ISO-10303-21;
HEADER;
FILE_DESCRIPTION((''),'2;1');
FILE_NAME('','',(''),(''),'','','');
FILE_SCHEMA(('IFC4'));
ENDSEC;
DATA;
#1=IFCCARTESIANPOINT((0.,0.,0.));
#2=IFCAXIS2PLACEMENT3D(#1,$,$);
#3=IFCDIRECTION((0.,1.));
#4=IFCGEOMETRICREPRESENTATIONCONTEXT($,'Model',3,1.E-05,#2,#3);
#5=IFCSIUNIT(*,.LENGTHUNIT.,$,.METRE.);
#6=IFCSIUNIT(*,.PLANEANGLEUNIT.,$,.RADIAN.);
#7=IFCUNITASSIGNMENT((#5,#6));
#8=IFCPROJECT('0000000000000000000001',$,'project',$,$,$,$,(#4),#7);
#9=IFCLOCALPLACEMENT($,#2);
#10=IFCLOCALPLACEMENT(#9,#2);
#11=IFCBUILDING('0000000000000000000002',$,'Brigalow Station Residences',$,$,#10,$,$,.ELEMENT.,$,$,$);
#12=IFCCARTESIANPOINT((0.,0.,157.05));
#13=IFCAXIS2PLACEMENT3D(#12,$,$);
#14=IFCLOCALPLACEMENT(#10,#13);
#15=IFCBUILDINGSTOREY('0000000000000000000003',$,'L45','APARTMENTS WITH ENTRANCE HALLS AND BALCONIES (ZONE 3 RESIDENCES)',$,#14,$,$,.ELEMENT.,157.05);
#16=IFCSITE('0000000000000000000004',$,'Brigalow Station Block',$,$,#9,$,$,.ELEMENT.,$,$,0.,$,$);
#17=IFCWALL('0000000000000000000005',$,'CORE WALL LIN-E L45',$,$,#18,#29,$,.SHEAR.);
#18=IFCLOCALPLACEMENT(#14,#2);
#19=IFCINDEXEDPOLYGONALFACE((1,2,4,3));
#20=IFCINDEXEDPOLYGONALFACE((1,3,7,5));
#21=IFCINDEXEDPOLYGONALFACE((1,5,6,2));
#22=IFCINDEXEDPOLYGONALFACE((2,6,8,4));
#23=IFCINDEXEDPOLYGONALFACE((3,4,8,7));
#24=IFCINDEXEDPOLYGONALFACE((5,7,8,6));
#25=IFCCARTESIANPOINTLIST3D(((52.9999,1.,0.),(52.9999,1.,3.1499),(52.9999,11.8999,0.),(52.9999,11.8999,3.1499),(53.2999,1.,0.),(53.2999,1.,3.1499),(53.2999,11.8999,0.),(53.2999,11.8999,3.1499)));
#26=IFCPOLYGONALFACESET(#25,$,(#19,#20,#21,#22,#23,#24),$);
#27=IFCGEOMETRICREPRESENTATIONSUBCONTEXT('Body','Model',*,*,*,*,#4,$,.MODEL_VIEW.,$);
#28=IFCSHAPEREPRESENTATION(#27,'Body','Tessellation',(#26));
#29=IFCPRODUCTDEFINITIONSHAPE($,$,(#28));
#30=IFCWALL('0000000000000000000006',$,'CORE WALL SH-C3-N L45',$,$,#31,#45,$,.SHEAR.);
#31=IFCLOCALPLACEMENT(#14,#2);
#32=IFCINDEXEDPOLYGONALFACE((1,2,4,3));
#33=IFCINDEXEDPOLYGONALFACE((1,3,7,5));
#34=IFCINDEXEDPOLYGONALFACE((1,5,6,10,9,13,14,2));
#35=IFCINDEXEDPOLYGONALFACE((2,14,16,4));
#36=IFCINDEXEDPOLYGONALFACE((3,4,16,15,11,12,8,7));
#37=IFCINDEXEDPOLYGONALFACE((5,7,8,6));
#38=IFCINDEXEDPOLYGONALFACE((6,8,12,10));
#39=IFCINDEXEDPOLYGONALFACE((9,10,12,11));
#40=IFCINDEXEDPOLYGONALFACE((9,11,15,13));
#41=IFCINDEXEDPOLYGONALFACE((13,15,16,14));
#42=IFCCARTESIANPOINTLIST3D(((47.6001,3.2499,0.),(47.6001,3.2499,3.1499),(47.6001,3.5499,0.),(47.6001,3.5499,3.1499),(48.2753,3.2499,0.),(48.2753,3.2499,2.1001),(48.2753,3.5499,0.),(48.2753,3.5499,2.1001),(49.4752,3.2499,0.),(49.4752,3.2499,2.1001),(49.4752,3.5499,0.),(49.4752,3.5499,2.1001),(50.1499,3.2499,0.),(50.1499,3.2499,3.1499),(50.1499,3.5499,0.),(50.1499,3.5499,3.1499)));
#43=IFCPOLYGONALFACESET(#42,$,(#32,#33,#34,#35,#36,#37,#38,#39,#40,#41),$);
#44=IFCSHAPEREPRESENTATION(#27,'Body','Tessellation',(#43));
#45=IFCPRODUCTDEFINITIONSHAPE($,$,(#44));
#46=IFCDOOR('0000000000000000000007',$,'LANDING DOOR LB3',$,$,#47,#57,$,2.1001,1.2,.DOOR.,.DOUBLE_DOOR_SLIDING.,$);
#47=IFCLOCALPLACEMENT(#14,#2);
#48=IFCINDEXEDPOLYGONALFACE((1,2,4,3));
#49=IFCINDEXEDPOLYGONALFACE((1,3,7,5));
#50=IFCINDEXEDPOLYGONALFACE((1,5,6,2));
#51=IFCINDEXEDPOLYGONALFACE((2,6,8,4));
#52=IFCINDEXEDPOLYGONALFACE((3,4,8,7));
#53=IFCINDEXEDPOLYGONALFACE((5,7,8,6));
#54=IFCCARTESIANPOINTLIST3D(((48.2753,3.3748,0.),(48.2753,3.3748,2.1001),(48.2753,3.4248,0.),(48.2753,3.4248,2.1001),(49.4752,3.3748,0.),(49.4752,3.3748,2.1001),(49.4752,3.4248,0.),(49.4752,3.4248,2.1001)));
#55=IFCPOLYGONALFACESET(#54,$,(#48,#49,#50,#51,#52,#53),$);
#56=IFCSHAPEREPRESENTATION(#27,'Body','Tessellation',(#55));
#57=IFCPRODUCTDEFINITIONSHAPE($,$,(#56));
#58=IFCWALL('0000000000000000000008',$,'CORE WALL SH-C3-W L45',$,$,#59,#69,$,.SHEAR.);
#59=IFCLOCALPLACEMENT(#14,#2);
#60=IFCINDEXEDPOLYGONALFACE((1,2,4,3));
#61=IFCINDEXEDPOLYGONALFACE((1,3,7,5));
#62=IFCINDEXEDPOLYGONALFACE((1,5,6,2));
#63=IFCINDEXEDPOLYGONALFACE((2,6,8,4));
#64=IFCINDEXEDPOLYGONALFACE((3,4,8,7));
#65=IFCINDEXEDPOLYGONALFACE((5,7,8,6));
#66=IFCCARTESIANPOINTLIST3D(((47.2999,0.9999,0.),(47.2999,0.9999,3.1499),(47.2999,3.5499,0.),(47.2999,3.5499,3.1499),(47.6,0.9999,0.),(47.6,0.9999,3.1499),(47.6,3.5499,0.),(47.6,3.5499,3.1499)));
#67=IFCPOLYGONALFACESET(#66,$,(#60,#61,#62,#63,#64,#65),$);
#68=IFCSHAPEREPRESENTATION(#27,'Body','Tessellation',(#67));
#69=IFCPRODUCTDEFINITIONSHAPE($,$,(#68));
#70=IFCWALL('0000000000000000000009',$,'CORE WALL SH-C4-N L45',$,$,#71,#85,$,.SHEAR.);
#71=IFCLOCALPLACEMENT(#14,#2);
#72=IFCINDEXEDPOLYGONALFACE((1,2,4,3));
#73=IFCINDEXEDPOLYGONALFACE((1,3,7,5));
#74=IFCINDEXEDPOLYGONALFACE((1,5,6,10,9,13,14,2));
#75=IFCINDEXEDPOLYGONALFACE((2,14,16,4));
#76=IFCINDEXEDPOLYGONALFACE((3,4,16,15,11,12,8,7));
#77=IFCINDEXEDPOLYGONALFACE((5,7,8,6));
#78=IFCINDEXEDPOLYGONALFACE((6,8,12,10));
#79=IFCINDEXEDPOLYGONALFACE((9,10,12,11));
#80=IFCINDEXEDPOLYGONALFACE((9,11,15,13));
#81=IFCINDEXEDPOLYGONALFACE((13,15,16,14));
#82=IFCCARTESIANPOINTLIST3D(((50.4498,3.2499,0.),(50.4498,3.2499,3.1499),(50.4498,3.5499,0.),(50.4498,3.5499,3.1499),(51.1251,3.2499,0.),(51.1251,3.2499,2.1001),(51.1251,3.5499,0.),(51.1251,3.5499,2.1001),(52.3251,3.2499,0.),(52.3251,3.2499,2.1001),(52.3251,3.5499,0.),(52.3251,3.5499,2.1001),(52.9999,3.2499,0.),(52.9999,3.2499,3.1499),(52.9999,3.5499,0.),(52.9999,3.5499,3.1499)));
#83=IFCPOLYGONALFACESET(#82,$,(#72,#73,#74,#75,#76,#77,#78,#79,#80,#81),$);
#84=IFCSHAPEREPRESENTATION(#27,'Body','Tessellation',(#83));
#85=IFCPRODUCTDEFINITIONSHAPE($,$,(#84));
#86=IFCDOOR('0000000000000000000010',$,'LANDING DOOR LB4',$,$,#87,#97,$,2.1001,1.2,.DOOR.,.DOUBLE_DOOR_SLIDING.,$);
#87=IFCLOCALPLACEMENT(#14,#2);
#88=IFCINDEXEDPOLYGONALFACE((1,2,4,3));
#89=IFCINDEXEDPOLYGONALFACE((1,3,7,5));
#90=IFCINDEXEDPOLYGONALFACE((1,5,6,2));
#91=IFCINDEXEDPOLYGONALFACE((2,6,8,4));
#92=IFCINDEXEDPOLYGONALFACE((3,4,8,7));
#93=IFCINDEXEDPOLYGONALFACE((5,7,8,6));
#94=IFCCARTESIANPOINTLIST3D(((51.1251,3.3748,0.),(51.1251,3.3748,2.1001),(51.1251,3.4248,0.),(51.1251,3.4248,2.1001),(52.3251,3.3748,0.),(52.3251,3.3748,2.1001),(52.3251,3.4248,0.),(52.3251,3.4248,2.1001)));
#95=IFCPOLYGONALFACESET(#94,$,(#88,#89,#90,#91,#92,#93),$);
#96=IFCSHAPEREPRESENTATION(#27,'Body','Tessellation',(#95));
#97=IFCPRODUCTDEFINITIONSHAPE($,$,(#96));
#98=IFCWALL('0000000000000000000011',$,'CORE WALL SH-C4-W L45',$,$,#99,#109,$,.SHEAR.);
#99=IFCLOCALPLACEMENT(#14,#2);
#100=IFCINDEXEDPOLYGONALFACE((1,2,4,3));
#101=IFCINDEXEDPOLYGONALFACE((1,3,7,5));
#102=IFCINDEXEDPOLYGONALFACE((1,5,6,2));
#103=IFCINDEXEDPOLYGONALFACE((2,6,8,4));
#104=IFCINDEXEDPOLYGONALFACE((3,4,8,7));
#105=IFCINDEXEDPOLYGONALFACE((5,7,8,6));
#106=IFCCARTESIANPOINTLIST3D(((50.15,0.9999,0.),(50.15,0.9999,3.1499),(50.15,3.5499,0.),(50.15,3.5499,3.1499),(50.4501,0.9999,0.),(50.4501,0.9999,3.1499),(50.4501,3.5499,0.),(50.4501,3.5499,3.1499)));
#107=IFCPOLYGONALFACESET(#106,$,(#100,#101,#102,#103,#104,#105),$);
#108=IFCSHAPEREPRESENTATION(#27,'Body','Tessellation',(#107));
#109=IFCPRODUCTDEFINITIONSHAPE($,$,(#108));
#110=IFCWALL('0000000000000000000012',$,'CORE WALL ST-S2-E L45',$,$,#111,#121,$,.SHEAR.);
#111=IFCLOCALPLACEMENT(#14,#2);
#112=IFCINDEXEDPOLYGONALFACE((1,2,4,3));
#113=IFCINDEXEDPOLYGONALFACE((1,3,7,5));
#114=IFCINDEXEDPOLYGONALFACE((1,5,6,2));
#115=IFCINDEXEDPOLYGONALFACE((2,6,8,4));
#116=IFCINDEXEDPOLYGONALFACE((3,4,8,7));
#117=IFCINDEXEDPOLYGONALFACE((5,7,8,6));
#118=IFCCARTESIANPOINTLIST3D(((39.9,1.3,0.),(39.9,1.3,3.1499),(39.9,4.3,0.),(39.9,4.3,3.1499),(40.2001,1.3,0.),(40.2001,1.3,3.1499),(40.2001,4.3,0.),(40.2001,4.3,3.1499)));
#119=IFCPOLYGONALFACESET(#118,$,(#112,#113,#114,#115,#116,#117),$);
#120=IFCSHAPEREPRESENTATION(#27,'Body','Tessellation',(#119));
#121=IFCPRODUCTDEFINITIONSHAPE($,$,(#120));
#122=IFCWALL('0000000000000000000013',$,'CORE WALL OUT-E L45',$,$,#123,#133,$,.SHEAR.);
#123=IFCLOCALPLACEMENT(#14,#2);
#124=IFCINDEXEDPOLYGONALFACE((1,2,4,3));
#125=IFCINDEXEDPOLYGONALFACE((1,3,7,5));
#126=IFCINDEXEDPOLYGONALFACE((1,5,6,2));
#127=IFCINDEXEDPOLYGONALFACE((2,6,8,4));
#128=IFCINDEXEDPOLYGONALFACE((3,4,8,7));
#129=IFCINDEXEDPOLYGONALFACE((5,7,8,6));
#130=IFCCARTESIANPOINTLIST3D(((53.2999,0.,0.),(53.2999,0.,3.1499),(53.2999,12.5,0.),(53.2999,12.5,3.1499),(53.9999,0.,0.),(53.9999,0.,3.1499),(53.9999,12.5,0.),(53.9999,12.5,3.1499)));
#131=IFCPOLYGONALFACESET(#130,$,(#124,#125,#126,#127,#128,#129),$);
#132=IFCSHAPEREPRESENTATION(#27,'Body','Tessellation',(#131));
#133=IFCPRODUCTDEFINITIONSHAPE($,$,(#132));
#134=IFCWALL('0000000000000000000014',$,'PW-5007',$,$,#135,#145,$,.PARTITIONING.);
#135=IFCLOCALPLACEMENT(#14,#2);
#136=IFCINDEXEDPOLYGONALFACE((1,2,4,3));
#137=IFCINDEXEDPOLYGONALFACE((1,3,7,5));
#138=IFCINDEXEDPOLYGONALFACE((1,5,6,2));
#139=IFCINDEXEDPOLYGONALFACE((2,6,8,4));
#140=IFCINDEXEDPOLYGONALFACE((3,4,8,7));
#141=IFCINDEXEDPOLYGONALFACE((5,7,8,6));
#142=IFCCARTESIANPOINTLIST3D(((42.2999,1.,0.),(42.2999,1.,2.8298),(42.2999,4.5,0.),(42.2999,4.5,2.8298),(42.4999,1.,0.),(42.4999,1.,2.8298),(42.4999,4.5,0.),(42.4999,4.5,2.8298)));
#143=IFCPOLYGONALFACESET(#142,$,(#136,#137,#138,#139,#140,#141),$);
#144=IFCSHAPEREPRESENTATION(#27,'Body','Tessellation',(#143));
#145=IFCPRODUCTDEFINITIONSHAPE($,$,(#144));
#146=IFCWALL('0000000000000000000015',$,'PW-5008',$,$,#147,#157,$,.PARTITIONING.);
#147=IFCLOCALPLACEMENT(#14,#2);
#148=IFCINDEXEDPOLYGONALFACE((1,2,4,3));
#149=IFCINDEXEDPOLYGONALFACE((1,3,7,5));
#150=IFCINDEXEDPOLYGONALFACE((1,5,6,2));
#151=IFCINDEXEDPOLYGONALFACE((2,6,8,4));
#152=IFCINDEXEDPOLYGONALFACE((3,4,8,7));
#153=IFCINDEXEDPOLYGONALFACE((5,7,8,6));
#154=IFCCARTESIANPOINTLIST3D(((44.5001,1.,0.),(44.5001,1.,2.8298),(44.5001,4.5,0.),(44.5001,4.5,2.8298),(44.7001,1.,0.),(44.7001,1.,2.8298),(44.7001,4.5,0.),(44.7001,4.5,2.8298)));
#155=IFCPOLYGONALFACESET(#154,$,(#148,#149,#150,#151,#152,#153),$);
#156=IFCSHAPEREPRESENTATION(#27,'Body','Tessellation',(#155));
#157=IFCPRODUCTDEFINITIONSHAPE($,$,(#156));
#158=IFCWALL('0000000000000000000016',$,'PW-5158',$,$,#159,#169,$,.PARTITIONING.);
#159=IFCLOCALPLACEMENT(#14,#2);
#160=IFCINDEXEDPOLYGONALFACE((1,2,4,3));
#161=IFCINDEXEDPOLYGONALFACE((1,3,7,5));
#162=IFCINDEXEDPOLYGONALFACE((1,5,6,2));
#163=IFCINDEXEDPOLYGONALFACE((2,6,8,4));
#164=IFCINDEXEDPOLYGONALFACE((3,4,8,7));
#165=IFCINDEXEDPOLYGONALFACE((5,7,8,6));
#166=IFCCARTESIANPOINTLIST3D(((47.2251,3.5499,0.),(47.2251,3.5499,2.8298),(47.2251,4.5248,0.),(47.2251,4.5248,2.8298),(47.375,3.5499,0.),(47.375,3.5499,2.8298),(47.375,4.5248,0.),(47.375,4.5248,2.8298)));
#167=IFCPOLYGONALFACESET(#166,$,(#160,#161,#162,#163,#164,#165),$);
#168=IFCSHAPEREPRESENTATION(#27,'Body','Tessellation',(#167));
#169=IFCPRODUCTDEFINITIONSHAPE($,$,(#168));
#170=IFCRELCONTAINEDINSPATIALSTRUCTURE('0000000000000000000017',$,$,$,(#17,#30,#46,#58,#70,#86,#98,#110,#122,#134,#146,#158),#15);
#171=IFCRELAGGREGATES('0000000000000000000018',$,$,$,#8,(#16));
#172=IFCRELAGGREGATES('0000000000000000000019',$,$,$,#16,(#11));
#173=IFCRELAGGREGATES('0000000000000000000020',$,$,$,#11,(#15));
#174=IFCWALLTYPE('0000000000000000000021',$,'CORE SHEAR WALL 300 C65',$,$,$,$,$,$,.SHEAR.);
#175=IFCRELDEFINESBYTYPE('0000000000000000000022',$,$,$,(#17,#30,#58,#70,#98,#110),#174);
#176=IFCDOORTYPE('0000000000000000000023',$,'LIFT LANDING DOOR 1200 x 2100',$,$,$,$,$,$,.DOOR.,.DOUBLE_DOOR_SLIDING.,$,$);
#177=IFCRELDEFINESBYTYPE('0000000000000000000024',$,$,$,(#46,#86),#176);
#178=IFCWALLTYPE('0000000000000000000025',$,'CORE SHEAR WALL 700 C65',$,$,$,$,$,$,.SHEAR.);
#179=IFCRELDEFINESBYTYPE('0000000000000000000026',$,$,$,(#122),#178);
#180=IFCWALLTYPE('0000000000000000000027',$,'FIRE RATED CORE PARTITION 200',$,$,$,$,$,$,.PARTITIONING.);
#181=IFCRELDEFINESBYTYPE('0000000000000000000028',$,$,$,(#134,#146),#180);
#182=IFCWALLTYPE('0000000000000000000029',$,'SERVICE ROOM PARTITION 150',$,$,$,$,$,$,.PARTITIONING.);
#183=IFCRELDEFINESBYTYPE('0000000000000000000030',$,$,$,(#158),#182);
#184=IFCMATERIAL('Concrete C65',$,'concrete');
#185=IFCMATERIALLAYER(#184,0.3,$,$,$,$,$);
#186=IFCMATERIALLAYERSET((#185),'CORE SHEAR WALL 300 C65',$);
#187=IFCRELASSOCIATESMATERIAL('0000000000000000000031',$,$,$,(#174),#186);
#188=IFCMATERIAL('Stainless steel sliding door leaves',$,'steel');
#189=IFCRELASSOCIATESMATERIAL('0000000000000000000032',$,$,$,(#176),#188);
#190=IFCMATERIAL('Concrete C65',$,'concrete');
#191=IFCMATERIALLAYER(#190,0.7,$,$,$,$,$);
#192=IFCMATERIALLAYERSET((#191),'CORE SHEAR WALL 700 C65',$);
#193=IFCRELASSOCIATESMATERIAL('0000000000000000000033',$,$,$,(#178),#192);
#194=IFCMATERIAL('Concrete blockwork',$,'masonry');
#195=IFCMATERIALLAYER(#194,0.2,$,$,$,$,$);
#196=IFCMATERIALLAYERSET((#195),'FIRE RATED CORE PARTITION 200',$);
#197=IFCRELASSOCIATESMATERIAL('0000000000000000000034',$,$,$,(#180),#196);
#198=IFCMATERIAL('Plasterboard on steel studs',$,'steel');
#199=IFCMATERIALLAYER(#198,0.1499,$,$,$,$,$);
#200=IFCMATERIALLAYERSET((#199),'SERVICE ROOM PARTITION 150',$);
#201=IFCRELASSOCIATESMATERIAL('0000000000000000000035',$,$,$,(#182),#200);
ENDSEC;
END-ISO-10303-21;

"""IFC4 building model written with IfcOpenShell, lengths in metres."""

from ifc_helpers import new_model, si_unit, direction, frame, frame_2d, origin, place, context, subcontext, project, spatial, rectangle, extrude, material, layer, layer_set, type_object, element, fill, save


model = new_model("IFC4")

# Units and contexts
model_context = context("Model", 3, precision=1e-05, world=origin(), true_north=direction((0.0, 1.0)))
body_context = subcontext(model_context, "Body", "Model", "MODEL_VIEW")
ifc_project = project(units=[si_unit("LENGTHUNIT", "METRE"), si_unit("PLANEANGLEUNIT", "RADIAN")], contexts=[model_context])

# Site, building, storey
site_placement = place(None, origin())
site = spatial("IfcSite", under=ifc_project, at=site_placement, Name="Brigalow Station Block", CompositionType="ELEMENT", RefElevation=0.0)
building_placement = place(site_placement, origin())
building = spatial("IfcBuilding", under=site, at=building_placement, Name="Brigalow Station Residences", CompositionType="ELEMENT")
storey_placement = place(building_placement, frame((0.0, 0.0, 157.05)))
storey = spatial("IfcBuildingStorey", under=building, at=storey_placement, Name="L45", Description="APARTMENTS WITH ENTRANCE HALLS AND BALCONIES (ZONE 3 RESIDENCES)", CompositionType="ELEMENT", Elevation=157.05)

# Wall
ifc_material_1 = material(Name="Concrete C65", Category="concrete")
ifc_layer_1 = layer(ifc_material_1, 0.3)
ifc_layer_set_1 = layer_set([ifc_layer_1], Name="CORE SHEAR WALL 300 C65")
wall_type_1 = type_object("IfcWallType", Name="CORE SHEAR WALL 300 C65", PredefinedType="SHEAR", material=ifc_layer_set_1)
wall_1_placement = place(storey_placement, frame((53.1499, 1.0, 0.0), z_axis=(0.0, 0.0, 1.0), x_axis=(0.0, 1.0, 0.0)))
element("IfcWall", 1, at=wall_1_placement, inside=storey, type_object=wall_type_1, Name="CORE WALL LIN-E L45", PredefinedType="SHEAR", context=body_context, shape_type="SweptSolid", body=[
    extrude(rectangle(XDim=10.8999, YDim=0.3, at=frame_2d((5.45, 0.0))), origin(), (0.0, 0.0, 1.0), 3.1499),
])

# Wall, opening, door
wall_2_placement = place(storey_placement, frame((47.6001, 3.3999, 0.0), z_axis=(0.0, 0.0, 1.0), x_axis=(1.0, 0.0, 0.0)))
wall_2 = element("IfcWall", 2, at=wall_2_placement, inside=storey, type_object=wall_type_1, Name="CORE WALL SH-C3-N L45", PredefinedType="SHEAR", context=body_context, shape_type="SweptSolid", body=[
    extrude(rectangle(XDim=2.5498, YDim=0.3, at=frame_2d((1.2749, 0.0))), origin(), (0.0, 0.0, 1.0), 3.1499),
])
opening_1_placement = place(wall_2_placement, frame((0.675, 0.0, 0.0)))
opening_1 = element("IfcOpeningElement", 3, at=opening_1_placement, cuts=wall_2, PredefinedType="OPENING", context=body_context, shape_type="SweptSolid", body=[
    extrude(rectangle(XDim=1.2, YDim=2.1001, at=frame_2d((0.6001, 1.05))), frame((0.0, 0.1602, 0.0), z_axis=(0.0, -1.0, 0.0), x_axis=(1.0, 0.0, 0.0)), (0.0, 0.0, 1.0), 0.3201),
])
ifc_material_2 = material(Name="Stainless steel sliding door leaves", Category="steel")
door_type = type_object("IfcDoorType", Name="LIFT LANDING DOOR 1200 x 2100", OperationType="DOUBLE_DOOR_SLIDING", PredefinedType="DOOR", material=ifc_material_2)
door_1_placement = place(opening_1_placement, origin())
door_1 = element("IfcDoor", 4, at=door_1_placement, inside=storey, type_object=door_type, Name="LANDING DOOR LB3", OperationType="DOUBLE_DOOR_SLIDING", OverallHeight=2.1001, OverallWidth=1.2, PredefinedType="DOOR", context=body_context, shape_type="SweptSolid", body=[
    extrude(rectangle(XDim=1.2, YDim=2.1001, at=frame_2d((0.6001, 1.05))), frame((0.0, 0.0249, 0.0), z_axis=(0.0, -1.0, 0.0), x_axis=(1.0, 0.0, 0.0)), (0.0, 0.0, 1.0), 0.05),
])
fill(opening_1, door_1)

# Wall
wall_3_placement = place(storey_placement, frame((47.45, 1.0, 0.0), z_axis=(0.0, 0.0, 1.0), x_axis=(0.0, 1.0, 0.0)))
element("IfcWall", 5, at=wall_3_placement, inside=storey, type_object=wall_type_1, Name="CORE WALL SH-C3-W L45", PredefinedType="SHEAR", context=body_context, shape_type="SweptSolid", body=[
    extrude(rectangle(XDim=2.55, YDim=0.3, at=frame_2d((1.2749, 0.0))), origin(), (0.0, 0.0, 1.0), 3.1499),
])

# Wall, opening, door
wall_4_placement = place(storey_placement, frame((50.45, 3.3999, 0.0), z_axis=(0.0, 0.0, 1.0), x_axis=(1.0, 0.0, 0.0)))
wall_4 = element("IfcWall", 6, at=wall_4_placement, inside=storey, type_object=wall_type_1, Name="CORE WALL SH-C4-N L45", PredefinedType="SHEAR", context=body_context, shape_type="SweptSolid", body=[
    extrude(rectangle(XDim=2.55, YDim=0.3, at=frame_2d((1.2749, 0.0))), origin(), (0.0, 0.0, 1.0), 3.1499),
])
opening_2_placement = place(wall_4_placement, frame((0.675, 0.0, 0.0)))
opening_2 = element("IfcOpeningElement", 7, at=opening_2_placement, cuts=wall_4, PredefinedType="OPENING", context=body_context, shape_type="SweptSolid", body=[
    extrude(rectangle(XDim=1.2, YDim=2.1001, at=frame_2d((0.6001, 1.05))), frame((0.0, 0.1602, 0.0), z_axis=(0.0, -1.0, 0.0), x_axis=(1.0, 0.0, 0.0)), (0.0, 0.0, 1.0), 0.3201),
])
door_2_placement = place(opening_2_placement, origin())
door_2 = element("IfcDoor", 8, at=door_2_placement, inside=storey, type_object=door_type, Name="LANDING DOOR LB4", OperationType="DOUBLE_DOOR_SLIDING", OverallHeight=2.1001, OverallWidth=1.2, PredefinedType="DOOR", context=body_context, shape_type="SweptSolid", body=[
    extrude(rectangle(XDim=1.2, YDim=2.1001, at=frame_2d((0.6001, 1.05))), frame((0.0, 0.0249, 0.0), z_axis=(0.0, -1.0, 0.0), x_axis=(1.0, 0.0, 0.0)), (0.0, 0.0, 1.0), 0.05),
])
fill(opening_2, door_2)

# Walls
wall_5_placement = place(storey_placement, frame((50.3, 1.0, 0.0), z_axis=(0.0, 0.0, 1.0), x_axis=(0.0, 1.0, 0.0)))
element("IfcWall", 9, at=wall_5_placement, inside=storey, type_object=wall_type_1, Name="CORE WALL SH-C4-W L45", PredefinedType="SHEAR", context=body_context, shape_type="SweptSolid", body=[
    extrude(rectangle(XDim=2.55, YDim=0.3, at=frame_2d((1.2749, 0.0))), origin(), (0.0, 0.0, 1.0), 3.1499),
])
wall_6_placement = place(storey_placement, frame((40.05, 1.3, 0.0), z_axis=(0.0, 0.0, 1.0), x_axis=(0.0, 1.0, 0.0)))
element("IfcWall", 10, at=wall_6_placement, inside=storey, type_object=wall_type_1, Name="CORE WALL ST-S2-E L45", PredefinedType="SHEAR", context=body_context, shape_type="SweptSolid", body=[
    extrude(rectangle(XDim=3.0, YDim=0.3, at=frame_2d((1.5, 0.0))), origin(), (0.0, 0.0, 1.0), 3.1499),
])
ifc_material_3 = material(Name="Concrete C65", Category="concrete")
ifc_layer_2 = layer(ifc_material_3, 0.7)
ifc_layer_set_2 = layer_set([ifc_layer_2], Name="CORE SHEAR WALL 700 C65")
wall_type_2 = type_object("IfcWallType", Name="CORE SHEAR WALL 700 C65", PredefinedType="SHEAR", material=ifc_layer_set_2)
wall_7_placement = place(storey_placement, frame((53.6499, 0.0, 0.0), z_axis=(0.0, 0.0, 1.0), x_axis=(0.0, 1.0, 0.0)))
element("IfcWall", 11, at=wall_7_placement, inside=storey, type_object=wall_type_2, Name="CORE WALL OUT-E L45", PredefinedType="SHEAR", context=body_context, shape_type="SweptSolid", body=[
    extrude(rectangle(XDim=12.5, YDim=0.7, at=frame_2d((6.25, 0.0))), origin(), (0.0, 0.0, 1.0), 3.1499),
])
ifc_material_4 = material(Name="Concrete blockwork", Category="masonry")
ifc_layer_3 = layer(ifc_material_4, 0.2)
ifc_layer_set_3 = layer_set([ifc_layer_3], Name="FIRE RATED CORE PARTITION 200")
wall_type_3 = type_object("IfcWallType", Name="FIRE RATED CORE PARTITION 200", PredefinedType="PARTITIONING", material=ifc_layer_set_3)
for number, where, z_axis, x_axis, name in (
    (12, (42.3999, 1.0, 0.0), (0.0, 0.0, 1.0), (0.0, 1.0, 0.0), "PW-5007"),
    (13, (44.6001, 1.0, 0.0), (0.0, 0.0, 1.0), (0.0, 1.0, 0.0), "PW-5008"),
):
    element("IfcWall", number, at=place(storey_placement, frame(where, z_axis=z_axis, x_axis=x_axis)), inside=storey, type_object=wall_type_3, Name=name, PredefinedType="PARTITIONING", context=body_context, shape_type="SweptSolid", body=[
        extrude(rectangle(XDim=3.5, YDim=0.2, at=frame_2d((1.75, 0.0))), origin(), (0.0, 0.0, 1.0), 2.8298),
    ])
ifc_material_5 = material(Name="Plasterboard on steel studs", Category="steel")
ifc_layer_4 = layer(ifc_material_5, 0.1499)
ifc_layer_set_4 = layer_set([ifc_layer_4], Name="SERVICE ROOM PARTITION 150")
wall_type_4 = type_object("IfcWallType", Name="SERVICE ROOM PARTITION 150", PredefinedType="PARTITIONING", material=ifc_layer_set_4)
wall_8_placement = place(storey_placement, frame((47.3, 3.55, 0.0), z_axis=(0.0, 0.0, 1.0), x_axis=(0.0, 1.0, 0.0)))
element("IfcWall", 14, at=wall_8_placement, inside=storey, type_object=wall_type_4, Name="PW-5158", PredefinedType="PARTITIONING", context=body_context, shape_type="SweptSolid", body=[
    extrude(rectangle(XDim=0.9749, YDim=0.1499, at=frame_2d((0.4873, 0.0))), origin(), (0.0, 0.0, 1.0), 2.8298),
])

save(model, "model.ifc")
